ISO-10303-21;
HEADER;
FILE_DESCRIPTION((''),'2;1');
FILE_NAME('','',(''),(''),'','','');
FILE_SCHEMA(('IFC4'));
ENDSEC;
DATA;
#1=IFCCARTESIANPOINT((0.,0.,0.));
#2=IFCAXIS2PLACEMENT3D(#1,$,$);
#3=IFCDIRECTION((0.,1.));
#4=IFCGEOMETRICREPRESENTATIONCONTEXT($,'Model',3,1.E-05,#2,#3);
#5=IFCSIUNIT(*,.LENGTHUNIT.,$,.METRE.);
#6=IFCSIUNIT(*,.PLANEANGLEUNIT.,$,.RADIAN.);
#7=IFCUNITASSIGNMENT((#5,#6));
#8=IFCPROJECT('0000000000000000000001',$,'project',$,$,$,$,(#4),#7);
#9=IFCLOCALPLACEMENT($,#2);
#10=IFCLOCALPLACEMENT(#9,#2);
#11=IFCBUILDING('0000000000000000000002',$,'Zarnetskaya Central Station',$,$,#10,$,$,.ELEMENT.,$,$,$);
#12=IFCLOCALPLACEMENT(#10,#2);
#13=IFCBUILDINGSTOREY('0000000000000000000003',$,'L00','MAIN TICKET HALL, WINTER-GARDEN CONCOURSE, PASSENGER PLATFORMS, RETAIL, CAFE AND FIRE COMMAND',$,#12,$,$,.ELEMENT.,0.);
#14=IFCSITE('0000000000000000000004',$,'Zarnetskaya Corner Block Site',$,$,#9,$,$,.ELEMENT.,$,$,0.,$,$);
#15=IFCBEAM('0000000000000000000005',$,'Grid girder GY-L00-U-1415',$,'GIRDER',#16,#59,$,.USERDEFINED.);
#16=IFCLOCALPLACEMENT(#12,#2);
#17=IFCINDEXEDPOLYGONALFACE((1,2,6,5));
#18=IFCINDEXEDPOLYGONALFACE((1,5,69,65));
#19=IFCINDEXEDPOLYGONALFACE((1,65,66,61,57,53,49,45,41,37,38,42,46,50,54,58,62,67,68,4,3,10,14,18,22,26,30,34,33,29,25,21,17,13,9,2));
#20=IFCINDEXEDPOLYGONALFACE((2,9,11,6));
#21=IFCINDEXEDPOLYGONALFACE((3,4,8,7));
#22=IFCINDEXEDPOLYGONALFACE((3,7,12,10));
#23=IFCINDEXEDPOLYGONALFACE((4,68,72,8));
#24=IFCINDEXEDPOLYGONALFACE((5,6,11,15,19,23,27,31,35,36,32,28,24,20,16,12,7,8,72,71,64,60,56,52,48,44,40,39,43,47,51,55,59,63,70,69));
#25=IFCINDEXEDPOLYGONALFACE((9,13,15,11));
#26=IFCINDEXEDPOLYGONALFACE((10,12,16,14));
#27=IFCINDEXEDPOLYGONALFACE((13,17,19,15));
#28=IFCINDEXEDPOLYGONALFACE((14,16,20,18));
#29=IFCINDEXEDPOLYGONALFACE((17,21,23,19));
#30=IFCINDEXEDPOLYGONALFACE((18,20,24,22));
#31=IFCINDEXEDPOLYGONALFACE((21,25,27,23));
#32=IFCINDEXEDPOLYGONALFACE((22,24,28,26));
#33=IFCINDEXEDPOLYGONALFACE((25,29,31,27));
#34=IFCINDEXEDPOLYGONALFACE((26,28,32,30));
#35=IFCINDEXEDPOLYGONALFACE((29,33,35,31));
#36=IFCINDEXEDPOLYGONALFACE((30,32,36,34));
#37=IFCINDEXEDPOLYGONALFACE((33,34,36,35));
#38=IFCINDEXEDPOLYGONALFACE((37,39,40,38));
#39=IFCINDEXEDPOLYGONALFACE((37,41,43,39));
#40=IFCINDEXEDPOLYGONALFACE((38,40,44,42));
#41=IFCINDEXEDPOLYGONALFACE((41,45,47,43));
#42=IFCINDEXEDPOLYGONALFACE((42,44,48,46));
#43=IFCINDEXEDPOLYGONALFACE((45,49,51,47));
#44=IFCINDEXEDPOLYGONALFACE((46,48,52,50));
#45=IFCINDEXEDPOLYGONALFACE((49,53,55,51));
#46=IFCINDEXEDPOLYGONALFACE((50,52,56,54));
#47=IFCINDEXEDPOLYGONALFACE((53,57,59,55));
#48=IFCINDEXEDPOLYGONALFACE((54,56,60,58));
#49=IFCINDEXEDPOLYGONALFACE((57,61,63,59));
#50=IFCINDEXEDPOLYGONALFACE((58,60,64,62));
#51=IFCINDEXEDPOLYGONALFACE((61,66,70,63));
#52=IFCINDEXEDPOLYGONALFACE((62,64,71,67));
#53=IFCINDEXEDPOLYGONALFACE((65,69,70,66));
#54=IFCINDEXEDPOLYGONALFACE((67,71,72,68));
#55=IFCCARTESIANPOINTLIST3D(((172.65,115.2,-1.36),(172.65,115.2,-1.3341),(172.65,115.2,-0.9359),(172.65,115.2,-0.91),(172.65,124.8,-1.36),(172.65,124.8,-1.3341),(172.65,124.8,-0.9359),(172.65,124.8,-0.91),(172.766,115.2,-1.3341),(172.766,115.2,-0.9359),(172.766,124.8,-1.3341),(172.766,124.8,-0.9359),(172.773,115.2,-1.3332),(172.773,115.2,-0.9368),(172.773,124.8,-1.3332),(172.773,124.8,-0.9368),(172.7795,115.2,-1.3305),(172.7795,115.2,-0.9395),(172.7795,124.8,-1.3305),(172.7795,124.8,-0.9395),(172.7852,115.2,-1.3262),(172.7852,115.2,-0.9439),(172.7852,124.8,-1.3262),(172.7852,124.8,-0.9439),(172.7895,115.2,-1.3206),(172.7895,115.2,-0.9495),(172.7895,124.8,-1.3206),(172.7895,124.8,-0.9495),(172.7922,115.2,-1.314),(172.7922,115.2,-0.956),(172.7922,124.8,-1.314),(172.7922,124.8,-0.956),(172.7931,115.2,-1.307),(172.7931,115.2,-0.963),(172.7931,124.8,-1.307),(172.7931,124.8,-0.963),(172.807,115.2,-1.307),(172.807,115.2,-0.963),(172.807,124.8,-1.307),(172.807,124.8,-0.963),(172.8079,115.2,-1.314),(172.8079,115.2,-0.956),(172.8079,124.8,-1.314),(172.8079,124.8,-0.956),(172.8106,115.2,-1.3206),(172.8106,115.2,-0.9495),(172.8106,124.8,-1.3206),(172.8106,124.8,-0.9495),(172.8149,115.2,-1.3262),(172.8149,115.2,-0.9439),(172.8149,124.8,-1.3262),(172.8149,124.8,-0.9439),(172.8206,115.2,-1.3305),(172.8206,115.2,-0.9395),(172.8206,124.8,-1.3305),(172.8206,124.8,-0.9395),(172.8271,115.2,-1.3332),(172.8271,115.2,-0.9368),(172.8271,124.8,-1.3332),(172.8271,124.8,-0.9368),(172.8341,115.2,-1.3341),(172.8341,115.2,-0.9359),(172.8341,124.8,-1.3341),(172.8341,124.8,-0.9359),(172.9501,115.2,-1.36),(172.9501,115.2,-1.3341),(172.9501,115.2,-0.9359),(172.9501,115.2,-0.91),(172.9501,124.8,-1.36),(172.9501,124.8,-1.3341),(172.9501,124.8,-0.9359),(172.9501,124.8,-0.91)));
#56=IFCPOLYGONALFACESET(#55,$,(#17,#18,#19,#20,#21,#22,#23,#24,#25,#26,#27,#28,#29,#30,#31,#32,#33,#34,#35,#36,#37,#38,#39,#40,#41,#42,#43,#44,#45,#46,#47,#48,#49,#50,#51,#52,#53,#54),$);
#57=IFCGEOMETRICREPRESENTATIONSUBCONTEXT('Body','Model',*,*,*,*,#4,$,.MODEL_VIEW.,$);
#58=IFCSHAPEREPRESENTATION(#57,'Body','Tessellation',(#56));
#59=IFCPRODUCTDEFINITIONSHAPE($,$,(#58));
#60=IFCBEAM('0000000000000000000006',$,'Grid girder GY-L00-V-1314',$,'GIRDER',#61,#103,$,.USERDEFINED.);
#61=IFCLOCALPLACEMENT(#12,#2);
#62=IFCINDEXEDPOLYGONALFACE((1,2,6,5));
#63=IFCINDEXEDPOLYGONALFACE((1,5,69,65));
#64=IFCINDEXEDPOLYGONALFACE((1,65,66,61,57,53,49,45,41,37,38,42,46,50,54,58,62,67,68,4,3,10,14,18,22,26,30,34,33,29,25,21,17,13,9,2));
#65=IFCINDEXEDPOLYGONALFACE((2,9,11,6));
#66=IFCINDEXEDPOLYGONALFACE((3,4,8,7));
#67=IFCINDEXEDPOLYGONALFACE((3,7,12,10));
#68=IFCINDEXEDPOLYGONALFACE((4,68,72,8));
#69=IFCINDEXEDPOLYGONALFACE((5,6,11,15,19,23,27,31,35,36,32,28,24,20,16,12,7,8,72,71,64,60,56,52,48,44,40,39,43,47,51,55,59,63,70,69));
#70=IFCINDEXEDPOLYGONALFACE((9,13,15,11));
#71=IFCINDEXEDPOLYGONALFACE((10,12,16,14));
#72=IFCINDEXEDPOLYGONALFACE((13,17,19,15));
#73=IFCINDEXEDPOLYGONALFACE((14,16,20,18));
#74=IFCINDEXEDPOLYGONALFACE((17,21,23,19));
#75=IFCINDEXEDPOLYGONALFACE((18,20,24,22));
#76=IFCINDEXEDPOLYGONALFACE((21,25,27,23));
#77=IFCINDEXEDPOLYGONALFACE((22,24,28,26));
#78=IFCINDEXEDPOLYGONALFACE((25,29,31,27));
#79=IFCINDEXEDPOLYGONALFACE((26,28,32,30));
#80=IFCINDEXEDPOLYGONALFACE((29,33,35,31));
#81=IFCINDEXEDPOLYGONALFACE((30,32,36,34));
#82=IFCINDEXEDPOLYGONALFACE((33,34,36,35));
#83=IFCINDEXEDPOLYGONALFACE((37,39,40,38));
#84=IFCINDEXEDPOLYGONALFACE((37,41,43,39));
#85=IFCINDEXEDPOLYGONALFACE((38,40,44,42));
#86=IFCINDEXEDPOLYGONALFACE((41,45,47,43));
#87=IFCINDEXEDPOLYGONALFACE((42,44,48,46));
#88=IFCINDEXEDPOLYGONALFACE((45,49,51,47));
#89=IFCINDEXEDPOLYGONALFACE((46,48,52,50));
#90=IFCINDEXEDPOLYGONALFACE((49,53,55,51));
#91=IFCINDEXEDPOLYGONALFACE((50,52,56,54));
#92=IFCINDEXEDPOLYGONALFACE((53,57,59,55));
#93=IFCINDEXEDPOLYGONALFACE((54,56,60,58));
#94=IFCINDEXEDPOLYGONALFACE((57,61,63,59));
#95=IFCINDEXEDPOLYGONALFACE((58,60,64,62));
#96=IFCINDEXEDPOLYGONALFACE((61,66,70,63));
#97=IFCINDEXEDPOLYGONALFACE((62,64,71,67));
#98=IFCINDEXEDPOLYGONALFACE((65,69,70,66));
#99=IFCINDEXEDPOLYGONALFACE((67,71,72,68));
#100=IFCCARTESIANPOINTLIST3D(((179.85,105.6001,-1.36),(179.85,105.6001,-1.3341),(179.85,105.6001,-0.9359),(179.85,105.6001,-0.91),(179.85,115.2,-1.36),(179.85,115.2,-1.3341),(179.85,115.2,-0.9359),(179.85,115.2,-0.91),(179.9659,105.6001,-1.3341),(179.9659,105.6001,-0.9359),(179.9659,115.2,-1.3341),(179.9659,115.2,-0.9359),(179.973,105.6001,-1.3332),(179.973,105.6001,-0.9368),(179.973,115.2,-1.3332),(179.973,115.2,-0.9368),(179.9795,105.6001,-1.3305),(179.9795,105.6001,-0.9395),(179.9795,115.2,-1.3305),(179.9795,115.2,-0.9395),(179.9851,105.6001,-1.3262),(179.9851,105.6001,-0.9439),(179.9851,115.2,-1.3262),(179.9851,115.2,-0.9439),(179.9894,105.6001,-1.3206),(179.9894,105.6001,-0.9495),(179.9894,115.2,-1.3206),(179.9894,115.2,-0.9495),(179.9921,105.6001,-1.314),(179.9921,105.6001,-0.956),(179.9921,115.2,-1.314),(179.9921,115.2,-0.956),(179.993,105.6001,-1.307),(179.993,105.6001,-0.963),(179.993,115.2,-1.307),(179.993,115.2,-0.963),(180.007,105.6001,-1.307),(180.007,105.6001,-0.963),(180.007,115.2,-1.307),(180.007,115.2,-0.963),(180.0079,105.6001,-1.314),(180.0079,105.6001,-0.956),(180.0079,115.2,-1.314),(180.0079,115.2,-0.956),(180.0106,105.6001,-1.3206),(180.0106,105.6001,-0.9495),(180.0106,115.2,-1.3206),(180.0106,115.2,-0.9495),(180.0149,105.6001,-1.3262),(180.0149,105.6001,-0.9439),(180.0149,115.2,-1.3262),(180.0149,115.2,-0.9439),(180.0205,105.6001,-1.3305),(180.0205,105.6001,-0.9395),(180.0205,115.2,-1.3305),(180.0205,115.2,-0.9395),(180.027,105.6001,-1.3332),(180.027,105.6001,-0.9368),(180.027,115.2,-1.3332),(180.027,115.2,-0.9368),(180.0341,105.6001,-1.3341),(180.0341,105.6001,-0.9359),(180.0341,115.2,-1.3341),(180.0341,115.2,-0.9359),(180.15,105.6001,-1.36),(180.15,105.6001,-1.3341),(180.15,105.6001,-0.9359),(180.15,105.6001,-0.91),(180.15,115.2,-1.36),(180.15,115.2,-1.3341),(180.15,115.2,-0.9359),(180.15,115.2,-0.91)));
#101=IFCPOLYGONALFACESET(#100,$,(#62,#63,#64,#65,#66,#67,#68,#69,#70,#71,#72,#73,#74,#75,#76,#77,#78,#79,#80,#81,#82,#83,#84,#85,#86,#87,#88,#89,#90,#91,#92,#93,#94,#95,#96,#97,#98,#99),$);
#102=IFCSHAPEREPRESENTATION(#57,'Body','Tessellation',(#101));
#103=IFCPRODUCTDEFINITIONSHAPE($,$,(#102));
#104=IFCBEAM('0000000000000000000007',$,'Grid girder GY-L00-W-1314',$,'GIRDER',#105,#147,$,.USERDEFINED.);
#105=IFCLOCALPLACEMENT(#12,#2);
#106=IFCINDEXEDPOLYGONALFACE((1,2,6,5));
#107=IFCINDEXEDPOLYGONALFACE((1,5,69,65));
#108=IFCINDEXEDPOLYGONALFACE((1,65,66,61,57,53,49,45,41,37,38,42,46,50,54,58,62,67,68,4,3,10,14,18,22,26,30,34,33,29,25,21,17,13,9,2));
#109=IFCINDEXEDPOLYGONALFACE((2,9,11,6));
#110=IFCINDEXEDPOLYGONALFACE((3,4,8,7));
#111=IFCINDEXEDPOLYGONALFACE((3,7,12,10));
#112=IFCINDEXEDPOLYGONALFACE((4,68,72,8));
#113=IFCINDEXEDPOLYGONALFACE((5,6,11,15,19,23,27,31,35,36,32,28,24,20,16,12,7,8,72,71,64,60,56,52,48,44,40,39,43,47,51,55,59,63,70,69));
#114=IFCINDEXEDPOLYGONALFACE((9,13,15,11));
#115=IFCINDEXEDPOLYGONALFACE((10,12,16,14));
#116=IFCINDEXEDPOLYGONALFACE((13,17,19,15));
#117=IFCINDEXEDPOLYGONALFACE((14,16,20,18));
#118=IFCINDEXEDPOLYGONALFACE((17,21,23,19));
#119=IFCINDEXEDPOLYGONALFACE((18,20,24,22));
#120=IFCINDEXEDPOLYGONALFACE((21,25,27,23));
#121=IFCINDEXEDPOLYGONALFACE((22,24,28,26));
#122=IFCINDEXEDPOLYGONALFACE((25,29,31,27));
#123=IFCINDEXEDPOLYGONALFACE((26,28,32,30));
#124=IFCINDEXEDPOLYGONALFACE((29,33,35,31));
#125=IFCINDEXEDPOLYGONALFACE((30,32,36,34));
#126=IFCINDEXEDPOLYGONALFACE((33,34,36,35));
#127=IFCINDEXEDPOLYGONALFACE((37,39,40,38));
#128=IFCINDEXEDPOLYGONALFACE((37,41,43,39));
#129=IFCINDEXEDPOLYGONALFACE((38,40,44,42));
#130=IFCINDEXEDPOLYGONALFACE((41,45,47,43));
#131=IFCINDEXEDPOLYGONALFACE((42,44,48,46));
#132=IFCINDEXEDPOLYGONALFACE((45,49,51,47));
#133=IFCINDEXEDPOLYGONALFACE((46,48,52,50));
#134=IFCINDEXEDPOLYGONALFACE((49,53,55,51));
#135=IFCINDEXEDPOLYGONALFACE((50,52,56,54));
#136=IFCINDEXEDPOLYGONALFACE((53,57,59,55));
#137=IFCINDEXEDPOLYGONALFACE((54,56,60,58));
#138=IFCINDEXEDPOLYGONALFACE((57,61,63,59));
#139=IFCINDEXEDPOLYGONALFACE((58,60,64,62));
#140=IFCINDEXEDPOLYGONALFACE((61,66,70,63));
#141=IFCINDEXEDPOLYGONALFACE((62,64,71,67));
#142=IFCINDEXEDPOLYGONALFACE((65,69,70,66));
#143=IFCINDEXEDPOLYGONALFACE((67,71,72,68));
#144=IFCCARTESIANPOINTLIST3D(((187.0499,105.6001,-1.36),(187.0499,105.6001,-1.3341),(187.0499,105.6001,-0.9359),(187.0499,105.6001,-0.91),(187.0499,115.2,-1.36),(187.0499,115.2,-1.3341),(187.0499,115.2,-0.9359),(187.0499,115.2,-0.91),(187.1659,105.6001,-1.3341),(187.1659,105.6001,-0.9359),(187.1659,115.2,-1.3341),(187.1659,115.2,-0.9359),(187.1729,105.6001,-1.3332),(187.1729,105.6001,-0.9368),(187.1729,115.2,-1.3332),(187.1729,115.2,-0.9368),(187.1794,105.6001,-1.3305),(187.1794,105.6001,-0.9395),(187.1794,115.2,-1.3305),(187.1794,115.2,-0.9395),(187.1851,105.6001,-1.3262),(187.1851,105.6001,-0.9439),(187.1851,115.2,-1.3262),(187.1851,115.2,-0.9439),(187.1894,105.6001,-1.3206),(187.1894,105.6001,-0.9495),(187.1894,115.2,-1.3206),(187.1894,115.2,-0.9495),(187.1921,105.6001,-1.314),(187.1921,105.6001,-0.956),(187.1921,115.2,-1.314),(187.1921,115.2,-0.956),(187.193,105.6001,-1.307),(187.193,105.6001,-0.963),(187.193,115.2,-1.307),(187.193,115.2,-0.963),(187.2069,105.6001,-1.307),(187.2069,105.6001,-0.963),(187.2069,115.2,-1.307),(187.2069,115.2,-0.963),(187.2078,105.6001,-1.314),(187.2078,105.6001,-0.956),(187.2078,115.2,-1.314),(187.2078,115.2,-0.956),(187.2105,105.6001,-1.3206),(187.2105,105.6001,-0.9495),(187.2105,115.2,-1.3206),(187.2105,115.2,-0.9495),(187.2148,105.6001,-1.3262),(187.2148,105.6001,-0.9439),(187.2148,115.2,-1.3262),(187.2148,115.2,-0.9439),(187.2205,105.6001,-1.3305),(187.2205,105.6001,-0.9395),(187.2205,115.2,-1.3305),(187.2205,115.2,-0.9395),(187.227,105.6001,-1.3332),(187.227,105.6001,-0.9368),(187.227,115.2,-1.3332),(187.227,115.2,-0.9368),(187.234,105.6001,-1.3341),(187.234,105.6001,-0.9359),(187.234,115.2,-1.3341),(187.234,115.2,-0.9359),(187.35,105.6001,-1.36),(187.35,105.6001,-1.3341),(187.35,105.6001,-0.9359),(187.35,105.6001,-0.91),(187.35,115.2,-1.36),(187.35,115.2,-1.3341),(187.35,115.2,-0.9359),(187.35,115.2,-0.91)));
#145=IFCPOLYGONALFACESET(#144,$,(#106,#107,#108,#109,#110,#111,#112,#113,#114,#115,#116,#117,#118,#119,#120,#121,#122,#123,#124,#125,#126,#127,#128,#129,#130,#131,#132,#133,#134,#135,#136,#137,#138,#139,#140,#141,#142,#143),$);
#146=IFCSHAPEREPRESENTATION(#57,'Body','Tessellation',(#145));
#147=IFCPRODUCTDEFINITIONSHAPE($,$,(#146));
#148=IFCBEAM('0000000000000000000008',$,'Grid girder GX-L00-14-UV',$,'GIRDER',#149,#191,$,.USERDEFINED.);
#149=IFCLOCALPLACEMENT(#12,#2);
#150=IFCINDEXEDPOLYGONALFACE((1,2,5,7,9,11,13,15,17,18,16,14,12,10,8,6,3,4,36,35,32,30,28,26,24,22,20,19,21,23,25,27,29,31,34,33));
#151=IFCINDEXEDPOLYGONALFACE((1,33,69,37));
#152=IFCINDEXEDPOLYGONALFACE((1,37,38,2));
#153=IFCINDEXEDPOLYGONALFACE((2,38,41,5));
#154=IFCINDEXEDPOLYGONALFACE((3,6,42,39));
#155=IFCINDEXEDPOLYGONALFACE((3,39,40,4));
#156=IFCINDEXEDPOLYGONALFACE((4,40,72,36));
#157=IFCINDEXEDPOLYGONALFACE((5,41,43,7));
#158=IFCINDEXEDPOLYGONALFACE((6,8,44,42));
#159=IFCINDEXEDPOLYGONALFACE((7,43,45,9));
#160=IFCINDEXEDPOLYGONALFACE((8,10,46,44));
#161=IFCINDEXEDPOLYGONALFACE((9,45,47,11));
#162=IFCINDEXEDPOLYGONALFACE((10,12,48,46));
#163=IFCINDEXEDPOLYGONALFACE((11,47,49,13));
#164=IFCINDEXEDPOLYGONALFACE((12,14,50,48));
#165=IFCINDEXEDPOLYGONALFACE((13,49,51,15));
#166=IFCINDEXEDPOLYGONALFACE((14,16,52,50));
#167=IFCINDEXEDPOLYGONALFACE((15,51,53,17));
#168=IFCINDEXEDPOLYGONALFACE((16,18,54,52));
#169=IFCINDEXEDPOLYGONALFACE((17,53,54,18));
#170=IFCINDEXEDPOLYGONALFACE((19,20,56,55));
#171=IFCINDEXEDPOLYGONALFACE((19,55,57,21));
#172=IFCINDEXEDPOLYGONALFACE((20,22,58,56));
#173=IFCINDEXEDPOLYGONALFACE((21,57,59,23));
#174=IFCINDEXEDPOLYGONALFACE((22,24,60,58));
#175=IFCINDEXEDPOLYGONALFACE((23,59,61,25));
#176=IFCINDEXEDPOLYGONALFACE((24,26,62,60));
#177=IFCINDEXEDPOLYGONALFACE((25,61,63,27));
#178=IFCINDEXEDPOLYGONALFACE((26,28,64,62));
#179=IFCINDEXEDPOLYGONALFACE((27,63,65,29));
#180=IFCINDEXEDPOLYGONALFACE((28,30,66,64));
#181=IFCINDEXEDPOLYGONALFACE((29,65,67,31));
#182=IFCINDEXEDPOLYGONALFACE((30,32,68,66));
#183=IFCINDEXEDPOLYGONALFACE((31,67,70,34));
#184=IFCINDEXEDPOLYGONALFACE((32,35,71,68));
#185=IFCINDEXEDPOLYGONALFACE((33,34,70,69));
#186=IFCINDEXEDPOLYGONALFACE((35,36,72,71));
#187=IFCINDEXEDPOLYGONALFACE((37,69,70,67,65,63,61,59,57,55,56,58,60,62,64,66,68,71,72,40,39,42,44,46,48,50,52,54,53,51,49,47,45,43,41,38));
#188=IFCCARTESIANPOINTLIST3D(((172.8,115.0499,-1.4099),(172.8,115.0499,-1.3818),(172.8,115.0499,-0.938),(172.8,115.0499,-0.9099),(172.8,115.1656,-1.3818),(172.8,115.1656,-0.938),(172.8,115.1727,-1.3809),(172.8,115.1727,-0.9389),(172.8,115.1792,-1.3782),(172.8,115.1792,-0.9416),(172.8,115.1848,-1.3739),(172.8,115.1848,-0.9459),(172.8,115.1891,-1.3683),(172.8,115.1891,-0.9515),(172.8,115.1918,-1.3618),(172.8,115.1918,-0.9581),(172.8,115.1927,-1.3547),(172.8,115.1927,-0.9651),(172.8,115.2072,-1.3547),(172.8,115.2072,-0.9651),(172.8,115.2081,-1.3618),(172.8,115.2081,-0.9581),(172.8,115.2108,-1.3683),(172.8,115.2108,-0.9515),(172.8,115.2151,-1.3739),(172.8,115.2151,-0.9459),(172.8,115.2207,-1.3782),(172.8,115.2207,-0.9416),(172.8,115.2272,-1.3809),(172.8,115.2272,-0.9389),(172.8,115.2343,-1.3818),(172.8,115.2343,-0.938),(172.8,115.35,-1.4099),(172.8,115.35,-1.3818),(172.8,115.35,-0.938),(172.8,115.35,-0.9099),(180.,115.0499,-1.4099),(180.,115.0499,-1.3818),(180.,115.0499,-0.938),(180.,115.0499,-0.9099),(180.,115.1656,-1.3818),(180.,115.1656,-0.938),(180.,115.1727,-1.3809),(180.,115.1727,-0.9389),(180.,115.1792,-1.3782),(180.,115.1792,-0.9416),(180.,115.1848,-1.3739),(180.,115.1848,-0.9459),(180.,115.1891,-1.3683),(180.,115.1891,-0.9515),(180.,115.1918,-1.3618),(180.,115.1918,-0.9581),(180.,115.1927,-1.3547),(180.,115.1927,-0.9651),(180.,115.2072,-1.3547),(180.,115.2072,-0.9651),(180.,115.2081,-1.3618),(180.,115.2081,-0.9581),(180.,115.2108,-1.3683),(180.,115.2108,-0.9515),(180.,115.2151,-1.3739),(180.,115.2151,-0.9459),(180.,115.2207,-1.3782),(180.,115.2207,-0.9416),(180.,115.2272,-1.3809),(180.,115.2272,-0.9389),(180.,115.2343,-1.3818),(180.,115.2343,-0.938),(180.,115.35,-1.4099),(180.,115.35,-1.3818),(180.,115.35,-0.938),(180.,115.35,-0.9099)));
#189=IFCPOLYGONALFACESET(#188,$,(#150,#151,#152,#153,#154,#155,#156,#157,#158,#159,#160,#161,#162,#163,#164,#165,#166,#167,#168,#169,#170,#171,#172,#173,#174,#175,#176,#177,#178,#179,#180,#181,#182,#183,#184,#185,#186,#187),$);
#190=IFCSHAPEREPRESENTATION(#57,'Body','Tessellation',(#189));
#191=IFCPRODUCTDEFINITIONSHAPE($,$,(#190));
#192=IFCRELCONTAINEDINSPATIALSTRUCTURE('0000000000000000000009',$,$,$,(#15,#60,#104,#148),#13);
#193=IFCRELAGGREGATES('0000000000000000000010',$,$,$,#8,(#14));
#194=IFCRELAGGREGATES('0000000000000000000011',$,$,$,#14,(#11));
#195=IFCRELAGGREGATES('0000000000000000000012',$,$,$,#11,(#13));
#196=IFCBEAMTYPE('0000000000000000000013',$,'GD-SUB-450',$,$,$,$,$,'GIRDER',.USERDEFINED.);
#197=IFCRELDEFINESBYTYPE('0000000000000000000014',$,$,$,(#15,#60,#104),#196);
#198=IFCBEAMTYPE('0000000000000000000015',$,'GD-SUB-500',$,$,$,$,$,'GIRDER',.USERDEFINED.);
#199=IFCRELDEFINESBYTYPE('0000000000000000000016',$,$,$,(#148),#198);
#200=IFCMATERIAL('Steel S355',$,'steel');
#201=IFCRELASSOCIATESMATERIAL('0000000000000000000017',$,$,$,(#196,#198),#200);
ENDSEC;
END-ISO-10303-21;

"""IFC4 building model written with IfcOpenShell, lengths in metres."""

from ifc_helpers import new_model, si_unit, direction, frame, origin, origin_2d, place, context, subcontext, project, spatial, i_section, extrude, material, material_profile, profile_set, type_object, element, save


model = new_model("IFC4")

# Units and contexts
model_context = context("Model", 3, precision=1e-05, world=origin(), true_north=direction((0.0, 1.0)))
body_context = subcontext(model_context, "Body", "Model", "MODEL_VIEW")
ifc_project = project(units=[si_unit("LENGTHUNIT", "METRE"), si_unit("PLANEANGLEUNIT", "RADIAN")], contexts=[model_context])

# Site, building, storey
site_placement = place(None, origin())
site = spatial("IfcSite", under=ifc_project, at=site_placement, Name="Zarnetskaya Corner Block Site", CompositionType="ELEMENT", RefElevation=0.0)
building_placement = place(site_placement, origin())
building = spatial("IfcBuilding", under=site, at=building_placement, Name="Zarnetskaya Central Station", CompositionType="ELEMENT")
storey_placement = place(building_placement, origin())
storey = spatial("IfcBuildingStorey", under=building, at=storey_placement, Name="L00", Description="MAIN TICKET HALL, WINTER-GARDEN CONCOURSE, PASSENGER PLATFORMS, RETAIL, CAFE AND FIRE COMMAND", CompositionType="ELEMENT", Elevation=0.0)

# Shared definitions
ifc_material = material(Name="Steel S355", Category="steel")

# Beams
ifc_material_profile_1 = material_profile(ifc_material, i_section(OverallWidth=0.3, OverallDepth=0.45, WebThickness=0.0139, FlangeThickness=0.0259, FilletRadius=0.0271, at=origin_2d()), Name="HEB 450")
ifc_profile_set_1 = profile_set([ifc_material_profile_1], Name="Steel S355")
beam_type_1 = type_object("IfcBeamType", Name="GD-SUB-450", ElementType="GIRDER", PredefinedType="USERDEFINED", material=ifc_profile_set_1)
beam_1_placement = place(storey_placement, frame((172.8, 115.2, -1.135), z_axis=(0.0, 1.0, 0.0), x_axis=(-1.0, 0.0, 0.0)))
element("IfcBeam", 1, at=beam_1_placement, inside=storey, type_object=beam_type_1, Name="Grid girder GY-L00-U-1415", ObjectType="GIRDER", PredefinedType="USERDEFINED", context=body_context, shape_type="SweptSolid", body=[
    extrude(i_section(OverallWidth=0.3, OverallDepth=0.45, WebThickness=0.0139, FlangeThickness=0.0259, FilletRadius=0.0271, at=origin_2d()), origin(), (0.0, 0.0, 1.0), 9.6001),
])
for number, where, z_axis, x_axis, name in (
    (2, (180.0, 105.6001, -1.135), (0.0, 1.0, 0.0), (-1.0, 0.0, 0.0), "Grid girder GY-L00-V-1314"),
    (3, (187.2, 105.6001, -1.135), (0.0, 1.0, 0.0), (-1.0, 0.0, 0.0), "Grid girder GY-L00-W-1314"),
):
    element("IfcBeam", number, at=place(storey_placement, frame(where, z_axis=z_axis, x_axis=x_axis)), inside=storey, type_object=beam_type_1, Name=name, ObjectType="GIRDER", PredefinedType="USERDEFINED", context=body_context, shape_type="SweptSolid", body=[
        extrude(i_section(OverallWidth=0.3, OverallDepth=0.45, WebThickness=0.0139, FlangeThickness=0.0259, FilletRadius=0.0271, at=origin_2d()), origin(), (0.0, 0.0, 1.0), 9.5999),
    ])
ifc_material_profile_2 = material_profile(ifc_material, i_section(OverallWidth=0.3, OverallDepth=0.5, WebThickness=0.0144, FlangeThickness=0.0281, FilletRadius=0.0271, at=origin_2d()), Name="HEB 500")
ifc_profile_set_2 = profile_set([ifc_material_profile_2], Name="Steel S355")
beam_type_2 = type_object("IfcBeamType", Name="GD-SUB-500", ElementType="GIRDER", PredefinedType="USERDEFINED", material=ifc_profile_set_2)
for number, where, z_axis, x_axis, name in (
    (4, (172.8, 115.2, -1.1599), (1.0, 0.0, 0.0), (0.0, 1.0, 0.0), "Grid girder GX-L00-14-UV"),
):
    element("IfcBeam", number, at=place(storey_placement, frame(where, z_axis=z_axis, x_axis=x_axis)), inside=storey, type_object=beam_type_2, Name=name, ObjectType="GIRDER", PredefinedType="USERDEFINED", context=body_context, shape_type="SweptSolid", body=[
        extrude(i_section(OverallWidth=0.3, OverallDepth=0.5, WebThickness=0.0144, FlangeThickness=0.0281, FilletRadius=0.0271, at=origin_2d()), origin(), (0.0, 0.0, 1.0), 7.2),
    ])

save(model, "model.ifc")
